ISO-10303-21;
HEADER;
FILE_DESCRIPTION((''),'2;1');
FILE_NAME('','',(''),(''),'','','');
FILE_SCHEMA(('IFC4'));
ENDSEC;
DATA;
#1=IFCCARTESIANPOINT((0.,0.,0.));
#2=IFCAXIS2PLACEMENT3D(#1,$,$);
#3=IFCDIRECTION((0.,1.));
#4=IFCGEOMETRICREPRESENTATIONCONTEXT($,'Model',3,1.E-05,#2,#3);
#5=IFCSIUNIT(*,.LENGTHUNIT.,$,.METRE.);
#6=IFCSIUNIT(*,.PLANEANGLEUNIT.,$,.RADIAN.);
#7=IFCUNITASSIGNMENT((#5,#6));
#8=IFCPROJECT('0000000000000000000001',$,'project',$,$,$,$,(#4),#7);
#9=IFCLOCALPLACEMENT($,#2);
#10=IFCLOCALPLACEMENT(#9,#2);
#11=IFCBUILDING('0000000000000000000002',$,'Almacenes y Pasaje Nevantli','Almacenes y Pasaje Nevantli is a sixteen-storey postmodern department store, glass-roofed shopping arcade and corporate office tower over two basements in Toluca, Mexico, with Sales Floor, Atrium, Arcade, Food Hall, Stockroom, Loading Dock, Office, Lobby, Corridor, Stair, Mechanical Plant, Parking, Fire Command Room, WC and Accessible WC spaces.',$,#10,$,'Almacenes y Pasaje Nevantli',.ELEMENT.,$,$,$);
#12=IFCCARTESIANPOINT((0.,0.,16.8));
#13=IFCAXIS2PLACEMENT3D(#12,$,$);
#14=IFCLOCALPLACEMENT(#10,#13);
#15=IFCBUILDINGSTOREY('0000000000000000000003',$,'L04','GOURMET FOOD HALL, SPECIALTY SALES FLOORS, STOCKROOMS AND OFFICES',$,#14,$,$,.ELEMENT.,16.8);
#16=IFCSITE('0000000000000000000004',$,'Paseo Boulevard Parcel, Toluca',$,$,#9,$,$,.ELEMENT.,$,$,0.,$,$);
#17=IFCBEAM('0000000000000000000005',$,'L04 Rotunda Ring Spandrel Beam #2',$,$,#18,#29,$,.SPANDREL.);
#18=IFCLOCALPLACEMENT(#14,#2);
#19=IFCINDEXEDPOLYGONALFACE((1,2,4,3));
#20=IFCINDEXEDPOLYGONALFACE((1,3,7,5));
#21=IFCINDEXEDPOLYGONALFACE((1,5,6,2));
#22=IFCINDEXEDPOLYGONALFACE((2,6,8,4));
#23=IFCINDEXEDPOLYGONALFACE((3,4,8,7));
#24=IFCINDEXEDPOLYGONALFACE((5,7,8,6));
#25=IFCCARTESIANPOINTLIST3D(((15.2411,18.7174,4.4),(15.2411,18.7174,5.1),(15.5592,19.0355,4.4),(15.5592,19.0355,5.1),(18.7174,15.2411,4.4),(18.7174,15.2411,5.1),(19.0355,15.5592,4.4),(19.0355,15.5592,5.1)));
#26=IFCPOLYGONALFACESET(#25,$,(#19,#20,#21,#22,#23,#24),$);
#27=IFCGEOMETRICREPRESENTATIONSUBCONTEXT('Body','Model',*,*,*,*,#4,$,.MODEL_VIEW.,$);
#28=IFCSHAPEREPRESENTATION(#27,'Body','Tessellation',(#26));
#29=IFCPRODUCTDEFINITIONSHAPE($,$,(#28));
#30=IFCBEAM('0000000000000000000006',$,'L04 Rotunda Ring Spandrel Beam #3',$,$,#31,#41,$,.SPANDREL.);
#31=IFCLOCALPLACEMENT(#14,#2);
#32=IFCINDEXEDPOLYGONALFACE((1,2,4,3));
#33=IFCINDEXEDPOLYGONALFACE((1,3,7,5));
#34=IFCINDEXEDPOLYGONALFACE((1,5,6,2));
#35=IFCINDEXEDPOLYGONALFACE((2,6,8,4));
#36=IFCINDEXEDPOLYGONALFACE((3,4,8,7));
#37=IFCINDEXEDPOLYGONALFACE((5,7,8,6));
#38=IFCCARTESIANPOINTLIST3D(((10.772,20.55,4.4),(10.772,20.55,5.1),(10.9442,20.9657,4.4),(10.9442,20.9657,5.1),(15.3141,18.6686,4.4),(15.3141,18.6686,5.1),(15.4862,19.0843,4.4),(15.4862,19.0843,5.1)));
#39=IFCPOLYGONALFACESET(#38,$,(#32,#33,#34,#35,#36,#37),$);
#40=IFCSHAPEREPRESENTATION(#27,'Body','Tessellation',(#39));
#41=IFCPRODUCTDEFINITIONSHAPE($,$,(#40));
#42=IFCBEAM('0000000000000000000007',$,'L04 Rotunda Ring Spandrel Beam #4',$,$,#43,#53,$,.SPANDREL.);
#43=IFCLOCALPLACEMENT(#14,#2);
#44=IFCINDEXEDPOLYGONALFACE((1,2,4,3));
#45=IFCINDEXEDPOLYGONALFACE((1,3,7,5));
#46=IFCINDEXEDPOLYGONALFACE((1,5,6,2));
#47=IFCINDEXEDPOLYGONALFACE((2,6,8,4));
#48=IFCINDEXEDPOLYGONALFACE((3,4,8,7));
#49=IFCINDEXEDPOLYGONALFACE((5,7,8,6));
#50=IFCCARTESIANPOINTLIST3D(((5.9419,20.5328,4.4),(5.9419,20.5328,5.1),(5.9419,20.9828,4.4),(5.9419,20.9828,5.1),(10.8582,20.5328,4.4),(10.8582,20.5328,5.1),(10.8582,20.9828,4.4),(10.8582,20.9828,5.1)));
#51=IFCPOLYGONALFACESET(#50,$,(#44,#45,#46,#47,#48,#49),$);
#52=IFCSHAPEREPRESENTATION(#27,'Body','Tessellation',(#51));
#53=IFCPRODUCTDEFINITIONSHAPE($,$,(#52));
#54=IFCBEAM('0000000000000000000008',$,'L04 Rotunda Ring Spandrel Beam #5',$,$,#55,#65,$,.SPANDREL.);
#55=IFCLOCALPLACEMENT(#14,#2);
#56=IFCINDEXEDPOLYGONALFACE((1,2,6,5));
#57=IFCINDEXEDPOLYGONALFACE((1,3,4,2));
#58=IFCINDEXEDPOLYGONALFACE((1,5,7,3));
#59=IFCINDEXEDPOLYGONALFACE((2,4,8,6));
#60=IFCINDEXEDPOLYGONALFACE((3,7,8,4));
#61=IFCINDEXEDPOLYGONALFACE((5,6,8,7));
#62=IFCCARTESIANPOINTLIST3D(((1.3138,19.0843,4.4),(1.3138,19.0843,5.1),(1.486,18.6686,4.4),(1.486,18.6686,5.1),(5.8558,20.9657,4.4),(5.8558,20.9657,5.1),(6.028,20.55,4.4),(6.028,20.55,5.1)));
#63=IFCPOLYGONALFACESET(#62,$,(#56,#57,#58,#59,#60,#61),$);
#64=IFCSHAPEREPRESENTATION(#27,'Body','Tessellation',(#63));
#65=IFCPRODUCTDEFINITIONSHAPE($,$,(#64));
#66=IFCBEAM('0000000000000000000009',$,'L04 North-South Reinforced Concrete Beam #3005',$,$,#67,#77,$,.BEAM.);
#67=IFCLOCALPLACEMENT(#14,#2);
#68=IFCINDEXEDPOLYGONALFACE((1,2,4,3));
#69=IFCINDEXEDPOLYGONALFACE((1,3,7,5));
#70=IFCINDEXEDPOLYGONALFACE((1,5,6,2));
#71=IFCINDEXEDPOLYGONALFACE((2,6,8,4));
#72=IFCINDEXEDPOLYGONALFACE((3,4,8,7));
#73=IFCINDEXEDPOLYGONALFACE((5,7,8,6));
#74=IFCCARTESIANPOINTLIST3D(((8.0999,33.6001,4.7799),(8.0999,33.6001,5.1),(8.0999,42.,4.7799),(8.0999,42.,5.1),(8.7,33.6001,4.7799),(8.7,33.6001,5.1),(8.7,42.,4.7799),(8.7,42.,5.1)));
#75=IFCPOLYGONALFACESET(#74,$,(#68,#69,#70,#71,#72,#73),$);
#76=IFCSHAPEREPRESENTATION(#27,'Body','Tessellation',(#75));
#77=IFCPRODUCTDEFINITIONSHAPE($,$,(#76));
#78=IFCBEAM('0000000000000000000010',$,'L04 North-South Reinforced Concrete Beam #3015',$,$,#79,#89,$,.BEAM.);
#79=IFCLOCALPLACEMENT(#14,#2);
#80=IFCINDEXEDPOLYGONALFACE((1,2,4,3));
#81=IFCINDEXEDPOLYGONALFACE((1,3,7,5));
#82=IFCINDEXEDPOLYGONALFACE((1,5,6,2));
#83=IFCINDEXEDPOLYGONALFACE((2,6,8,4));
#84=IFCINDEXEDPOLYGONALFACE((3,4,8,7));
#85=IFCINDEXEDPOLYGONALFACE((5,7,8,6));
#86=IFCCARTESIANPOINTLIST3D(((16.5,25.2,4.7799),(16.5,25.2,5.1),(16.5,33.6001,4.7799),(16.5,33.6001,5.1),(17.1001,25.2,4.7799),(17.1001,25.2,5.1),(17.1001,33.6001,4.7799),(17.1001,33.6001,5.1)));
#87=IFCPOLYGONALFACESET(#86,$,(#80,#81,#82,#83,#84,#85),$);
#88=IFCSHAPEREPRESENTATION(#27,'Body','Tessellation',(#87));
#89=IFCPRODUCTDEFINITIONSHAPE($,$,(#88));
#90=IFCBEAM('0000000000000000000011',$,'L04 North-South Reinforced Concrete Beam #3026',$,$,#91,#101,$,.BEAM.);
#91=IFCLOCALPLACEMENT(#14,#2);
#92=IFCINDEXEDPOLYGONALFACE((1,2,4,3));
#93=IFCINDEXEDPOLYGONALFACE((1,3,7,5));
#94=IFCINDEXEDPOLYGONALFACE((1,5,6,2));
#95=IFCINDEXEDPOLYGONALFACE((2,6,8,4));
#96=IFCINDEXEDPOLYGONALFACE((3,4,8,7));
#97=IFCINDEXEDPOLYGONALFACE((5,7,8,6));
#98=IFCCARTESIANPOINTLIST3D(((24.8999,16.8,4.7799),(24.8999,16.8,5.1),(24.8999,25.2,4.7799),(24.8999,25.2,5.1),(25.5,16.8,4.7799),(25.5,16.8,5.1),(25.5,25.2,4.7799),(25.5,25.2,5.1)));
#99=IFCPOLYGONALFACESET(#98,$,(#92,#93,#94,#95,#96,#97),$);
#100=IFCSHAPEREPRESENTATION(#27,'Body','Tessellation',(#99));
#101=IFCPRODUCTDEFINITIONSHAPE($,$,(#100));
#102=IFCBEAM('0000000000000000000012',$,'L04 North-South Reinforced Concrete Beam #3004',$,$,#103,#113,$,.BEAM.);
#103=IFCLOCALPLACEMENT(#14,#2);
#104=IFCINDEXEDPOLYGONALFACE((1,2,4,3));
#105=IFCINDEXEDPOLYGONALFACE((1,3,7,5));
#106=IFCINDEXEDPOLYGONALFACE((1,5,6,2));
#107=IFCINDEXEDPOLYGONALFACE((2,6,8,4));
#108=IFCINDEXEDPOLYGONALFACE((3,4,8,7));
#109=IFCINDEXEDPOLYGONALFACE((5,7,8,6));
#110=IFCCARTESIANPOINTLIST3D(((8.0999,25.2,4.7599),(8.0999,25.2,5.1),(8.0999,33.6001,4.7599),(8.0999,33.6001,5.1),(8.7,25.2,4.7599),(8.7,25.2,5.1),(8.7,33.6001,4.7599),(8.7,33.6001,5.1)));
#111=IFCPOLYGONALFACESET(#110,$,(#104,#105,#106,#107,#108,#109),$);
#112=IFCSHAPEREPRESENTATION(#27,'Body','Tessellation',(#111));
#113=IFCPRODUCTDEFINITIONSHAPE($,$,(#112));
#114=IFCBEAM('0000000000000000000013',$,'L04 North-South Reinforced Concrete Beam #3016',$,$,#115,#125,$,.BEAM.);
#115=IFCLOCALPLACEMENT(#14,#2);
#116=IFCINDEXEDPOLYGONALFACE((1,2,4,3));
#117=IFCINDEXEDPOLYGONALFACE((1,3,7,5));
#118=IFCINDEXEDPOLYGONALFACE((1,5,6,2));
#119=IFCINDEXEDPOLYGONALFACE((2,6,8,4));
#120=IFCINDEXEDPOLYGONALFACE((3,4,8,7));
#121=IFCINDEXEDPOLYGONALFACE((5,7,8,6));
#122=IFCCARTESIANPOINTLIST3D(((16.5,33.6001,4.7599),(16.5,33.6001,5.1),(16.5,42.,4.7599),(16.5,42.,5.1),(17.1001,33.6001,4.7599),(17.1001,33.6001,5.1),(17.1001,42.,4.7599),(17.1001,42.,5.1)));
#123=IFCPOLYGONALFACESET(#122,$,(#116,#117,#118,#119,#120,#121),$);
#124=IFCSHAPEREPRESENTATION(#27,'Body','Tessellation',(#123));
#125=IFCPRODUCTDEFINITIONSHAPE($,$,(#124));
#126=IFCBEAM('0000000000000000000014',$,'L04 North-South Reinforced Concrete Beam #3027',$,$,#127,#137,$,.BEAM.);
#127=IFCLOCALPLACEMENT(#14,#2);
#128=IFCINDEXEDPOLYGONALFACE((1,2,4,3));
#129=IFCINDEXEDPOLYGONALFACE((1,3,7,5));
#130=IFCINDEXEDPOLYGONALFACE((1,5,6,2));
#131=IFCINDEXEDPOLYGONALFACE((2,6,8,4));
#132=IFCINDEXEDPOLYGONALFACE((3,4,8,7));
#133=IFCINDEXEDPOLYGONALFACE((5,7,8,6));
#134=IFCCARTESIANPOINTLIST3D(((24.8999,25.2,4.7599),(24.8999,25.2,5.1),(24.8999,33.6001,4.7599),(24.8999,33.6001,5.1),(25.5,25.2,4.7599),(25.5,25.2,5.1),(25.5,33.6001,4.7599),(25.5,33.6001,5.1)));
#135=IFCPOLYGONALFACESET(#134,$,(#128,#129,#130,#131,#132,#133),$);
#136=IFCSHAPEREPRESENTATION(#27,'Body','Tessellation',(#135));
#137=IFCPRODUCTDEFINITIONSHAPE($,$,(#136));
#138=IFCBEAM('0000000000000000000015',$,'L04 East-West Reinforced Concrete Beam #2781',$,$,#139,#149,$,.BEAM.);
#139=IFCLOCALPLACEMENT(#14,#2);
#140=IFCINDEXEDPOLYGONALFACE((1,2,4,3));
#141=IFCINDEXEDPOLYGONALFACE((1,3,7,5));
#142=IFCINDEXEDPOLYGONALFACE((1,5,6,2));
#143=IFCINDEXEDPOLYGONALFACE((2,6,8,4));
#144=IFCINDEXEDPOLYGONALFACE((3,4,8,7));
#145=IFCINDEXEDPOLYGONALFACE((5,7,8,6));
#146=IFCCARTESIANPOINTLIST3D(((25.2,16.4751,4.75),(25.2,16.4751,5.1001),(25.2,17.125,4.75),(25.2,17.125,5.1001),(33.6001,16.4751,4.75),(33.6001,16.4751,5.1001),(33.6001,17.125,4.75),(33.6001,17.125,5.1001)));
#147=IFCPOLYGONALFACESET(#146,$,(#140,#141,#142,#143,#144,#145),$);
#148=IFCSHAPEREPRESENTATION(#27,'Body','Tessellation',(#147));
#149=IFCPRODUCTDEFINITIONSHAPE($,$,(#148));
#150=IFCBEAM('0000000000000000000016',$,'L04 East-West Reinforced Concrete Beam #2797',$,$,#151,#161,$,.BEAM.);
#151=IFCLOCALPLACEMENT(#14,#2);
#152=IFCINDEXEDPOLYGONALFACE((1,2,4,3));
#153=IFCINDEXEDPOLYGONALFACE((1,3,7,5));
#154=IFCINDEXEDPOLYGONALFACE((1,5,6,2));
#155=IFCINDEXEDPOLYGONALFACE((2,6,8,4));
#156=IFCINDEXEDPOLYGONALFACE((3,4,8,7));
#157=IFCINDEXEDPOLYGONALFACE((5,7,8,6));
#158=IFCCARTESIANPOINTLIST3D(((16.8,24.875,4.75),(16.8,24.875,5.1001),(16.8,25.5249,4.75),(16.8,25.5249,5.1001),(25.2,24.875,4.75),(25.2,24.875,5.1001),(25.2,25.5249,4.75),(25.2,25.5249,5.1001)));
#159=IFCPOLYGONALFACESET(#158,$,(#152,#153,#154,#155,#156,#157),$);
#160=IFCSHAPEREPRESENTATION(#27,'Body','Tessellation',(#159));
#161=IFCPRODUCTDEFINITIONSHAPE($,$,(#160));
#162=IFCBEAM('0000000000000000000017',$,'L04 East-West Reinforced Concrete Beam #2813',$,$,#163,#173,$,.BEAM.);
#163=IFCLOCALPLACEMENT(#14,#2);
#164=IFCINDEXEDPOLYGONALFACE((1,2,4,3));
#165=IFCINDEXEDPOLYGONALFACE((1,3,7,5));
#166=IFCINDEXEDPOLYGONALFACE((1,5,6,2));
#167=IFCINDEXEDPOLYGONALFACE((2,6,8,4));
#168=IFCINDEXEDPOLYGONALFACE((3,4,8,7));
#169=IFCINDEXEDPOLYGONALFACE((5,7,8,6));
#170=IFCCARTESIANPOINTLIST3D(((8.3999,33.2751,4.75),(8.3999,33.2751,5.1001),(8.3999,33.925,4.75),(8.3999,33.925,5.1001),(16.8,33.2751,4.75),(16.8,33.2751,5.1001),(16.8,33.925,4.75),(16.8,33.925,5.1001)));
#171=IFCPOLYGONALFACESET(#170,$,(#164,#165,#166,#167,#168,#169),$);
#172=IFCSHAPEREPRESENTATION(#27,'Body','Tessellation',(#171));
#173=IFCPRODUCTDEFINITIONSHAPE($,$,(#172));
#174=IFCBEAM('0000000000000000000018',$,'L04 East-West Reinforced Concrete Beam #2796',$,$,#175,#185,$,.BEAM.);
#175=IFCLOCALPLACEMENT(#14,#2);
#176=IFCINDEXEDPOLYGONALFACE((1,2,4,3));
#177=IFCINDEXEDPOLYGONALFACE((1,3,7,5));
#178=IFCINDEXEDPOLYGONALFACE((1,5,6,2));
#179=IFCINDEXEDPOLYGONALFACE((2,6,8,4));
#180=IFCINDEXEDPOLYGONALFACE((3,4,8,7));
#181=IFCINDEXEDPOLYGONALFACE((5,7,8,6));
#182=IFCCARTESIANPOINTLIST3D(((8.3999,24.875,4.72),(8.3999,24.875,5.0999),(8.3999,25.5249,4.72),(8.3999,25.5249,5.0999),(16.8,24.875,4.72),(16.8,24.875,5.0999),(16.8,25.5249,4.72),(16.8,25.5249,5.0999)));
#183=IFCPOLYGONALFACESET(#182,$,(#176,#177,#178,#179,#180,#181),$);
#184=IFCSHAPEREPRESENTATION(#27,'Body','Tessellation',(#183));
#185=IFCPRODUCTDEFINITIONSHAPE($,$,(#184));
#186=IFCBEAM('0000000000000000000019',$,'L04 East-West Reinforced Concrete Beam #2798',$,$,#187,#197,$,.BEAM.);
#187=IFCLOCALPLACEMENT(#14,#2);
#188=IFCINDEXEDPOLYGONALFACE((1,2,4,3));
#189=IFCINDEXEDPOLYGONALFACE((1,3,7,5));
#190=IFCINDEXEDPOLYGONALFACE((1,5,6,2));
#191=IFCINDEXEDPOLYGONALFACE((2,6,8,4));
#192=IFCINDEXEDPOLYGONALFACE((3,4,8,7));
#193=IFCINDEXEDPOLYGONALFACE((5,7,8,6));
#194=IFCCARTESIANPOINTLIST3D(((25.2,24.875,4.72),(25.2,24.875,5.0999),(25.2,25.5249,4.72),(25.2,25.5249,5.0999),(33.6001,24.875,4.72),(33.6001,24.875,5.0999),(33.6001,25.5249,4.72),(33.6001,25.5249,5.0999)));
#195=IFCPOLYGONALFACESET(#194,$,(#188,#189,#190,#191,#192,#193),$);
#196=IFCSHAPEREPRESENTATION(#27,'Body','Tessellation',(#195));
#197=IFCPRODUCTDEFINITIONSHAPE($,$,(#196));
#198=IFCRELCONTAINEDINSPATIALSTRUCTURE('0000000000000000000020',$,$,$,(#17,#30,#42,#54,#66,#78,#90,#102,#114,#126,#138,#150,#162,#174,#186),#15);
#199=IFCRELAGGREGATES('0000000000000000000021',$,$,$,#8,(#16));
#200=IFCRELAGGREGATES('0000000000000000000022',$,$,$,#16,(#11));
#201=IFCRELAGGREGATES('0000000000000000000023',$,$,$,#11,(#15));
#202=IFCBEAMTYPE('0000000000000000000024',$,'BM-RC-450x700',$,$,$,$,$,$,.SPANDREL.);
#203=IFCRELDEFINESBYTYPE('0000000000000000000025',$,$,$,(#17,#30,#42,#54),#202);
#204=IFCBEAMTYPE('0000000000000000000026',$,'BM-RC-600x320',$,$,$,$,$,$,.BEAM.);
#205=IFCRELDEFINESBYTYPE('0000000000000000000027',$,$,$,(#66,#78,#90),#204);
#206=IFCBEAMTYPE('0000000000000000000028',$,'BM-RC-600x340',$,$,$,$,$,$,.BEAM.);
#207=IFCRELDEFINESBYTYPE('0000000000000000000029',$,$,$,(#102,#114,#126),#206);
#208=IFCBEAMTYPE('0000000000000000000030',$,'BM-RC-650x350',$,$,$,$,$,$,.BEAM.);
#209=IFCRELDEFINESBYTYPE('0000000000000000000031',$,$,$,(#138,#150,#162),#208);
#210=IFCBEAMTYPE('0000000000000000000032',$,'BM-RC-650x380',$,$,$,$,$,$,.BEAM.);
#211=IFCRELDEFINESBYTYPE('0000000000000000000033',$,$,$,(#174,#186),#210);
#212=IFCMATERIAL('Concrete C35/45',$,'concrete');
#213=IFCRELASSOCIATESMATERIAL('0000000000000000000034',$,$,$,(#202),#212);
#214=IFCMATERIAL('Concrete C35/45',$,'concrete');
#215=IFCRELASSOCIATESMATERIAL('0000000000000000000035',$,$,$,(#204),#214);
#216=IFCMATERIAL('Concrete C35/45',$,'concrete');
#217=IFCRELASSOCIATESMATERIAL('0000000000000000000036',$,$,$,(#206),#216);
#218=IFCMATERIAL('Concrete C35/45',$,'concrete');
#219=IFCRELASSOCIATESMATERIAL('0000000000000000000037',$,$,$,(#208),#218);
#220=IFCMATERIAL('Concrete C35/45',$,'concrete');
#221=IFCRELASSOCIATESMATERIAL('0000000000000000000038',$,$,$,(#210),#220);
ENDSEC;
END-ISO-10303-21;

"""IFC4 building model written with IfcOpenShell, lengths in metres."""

from ifc_helpers import new_model, si_unit, direction, frame, origin, origin_2d, place, context, subcontext, project, spatial, rectangle, extrude, material, material_profile, profile_set, type_object, element, save


model = new_model("IFC4")

# Units and contexts
model_context = context("Model", 3, precision=1e-05, world=origin(), true_north=direction((0.0, 1.0)))
body_context = subcontext(model_context, "Body", "Model", "MODEL_VIEW")
ifc_project = project(units=[si_unit("LENGTHUNIT", "METRE"), si_unit("PLANEANGLEUNIT", "RADIAN")], contexts=[model_context])

# Site, building, storey
site_placement = place(None, origin())
site = spatial("IfcSite", under=ifc_project, at=site_placement, Name="Paseo Boulevard Parcel, Toluca", CompositionType="ELEMENT", RefElevation=0.0)
building_placement = place(site_placement, origin())
building = spatial("IfcBuilding", under=site, at=building_placement, Name="Almacenes y Pasaje Nevantli", Description="Almacenes y Pasaje Nevantli is a sixteen-storey postmodern department store, glass-roofed shopping arcade and corporate office tower over two basements in Toluca, Mexico, with Sales Floor, Atrium, Arcade, Food Hall, Stockroom, Loading Dock, Office, Lobby, Corridor, Stair, Mechanical Plant, Parking, Fire Command Room, WC and Accessible WC spaces.", LongName="Almacenes y Pasaje Nevantli", CompositionType="ELEMENT")
storey_placement = place(building_placement, frame((0.0, 0.0, 16.8)))
storey = spatial("IfcBuildingStorey", under=building, at=storey_placement, Name="L04", Description="GOURMET FOOD HALL, SPECIALTY SALES FLOORS, STOCKROOMS AND OFFICES", CompositionType="ELEMENT", Elevation=16.8)

# Beams
ifc_material_1 = material(Name="Concrete C35/45", Category="concrete")
ifc_material_profile_1 = material_profile(ifc_material_1, rectangle(XDim=0.45, YDim=0.7, at=origin_2d()), Name="RC-BM-450x700")
ifc_profile_set_1 = profile_set([ifc_material_profile_1], Name="Concrete C35/45")
beam_type_1 = type_object("IfcBeamType", Name="BM-RC-450x700", PredefinedType="SPANDREL", material=ifc_profile_set_1)
for number, where, z_axis, x_axis, name in (
    (1, (18.8765, 15.4001, 4.75), (-0.707107, 0.707107, 0.0), (-0.707107, -0.707107, 0.0), "L04 Rotunda Ring Spandrel Beam #2"),
    (2, (15.4001, 18.8765, 4.75), (-0.92388, 0.382682, 0.0), (-0.382682, -0.92388, 0.0), "L04 Rotunda Ring Spandrel Beam #3"),
    (3, (10.8582, 20.7578, 4.75), (-1.0, 0.0, 0.0), (0.0, -1.0, 0.0), "L04 Rotunda Ring Spandrel Beam #4"),
    (4, (5.9419, 20.7578, 4.75), (-0.92388, -0.382682, 0.0), (0.382682, -0.92388, 0.0), "L04 Rotunda Ring Spandrel Beam #5"),
):
    element("IfcBeam", number, at=place(storey_placement, frame(where, z_axis=z_axis, x_axis=x_axis)), inside=storey, type_object=beam_type_1, Name=name, PredefinedType="SPANDREL", context=body_context, shape_type="SweptSolid", body=[
        extrude(rectangle(XDim=0.45, YDim=0.7, at=origin_2d()), origin(), (0.0, 0.0, 1.0), 4.9163),
    ])
ifc_material_2 = material(Name="Concrete C35/45", Category="concrete")
ifc_material_profile_2 = material_profile(ifc_material_2, rectangle(XDim=0.6001, YDim=0.3201, at=origin_2d()), Name="RC-BM-600x320")
ifc_profile_set_2 = profile_set([ifc_material_profile_2], Name="Concrete C35/45")
beam_type_2 = type_object("IfcBeamType", Name="BM-RC-600x320", PredefinedType="BEAM", material=ifc_profile_set_2)
beam_1_placement = place(storey_placement, frame((8.3999, 33.6001, 4.9399), z_axis=(0.0, 1.0, 0.0), x_axis=(-1.0, 0.0, 0.0)))
element("IfcBeam", 5, at=beam_1_placement, inside=storey, type_object=beam_type_2, Name="L04 North-South Reinforced Concrete Beam #3005", PredefinedType="BEAM", context=body_context, shape_type="SweptSolid", body=[
    extrude(rectangle(XDim=0.6001, YDim=0.3201, at=origin_2d()), origin(), (0.0, 0.0, 1.0), 8.3999),
])
beam_2_placement = place(storey_placement, frame((16.8, 25.2, 4.9399), z_axis=(0.0, 1.0, 0.0), x_axis=(-1.0, 0.0, 0.0)))
element("IfcBeam", 6, at=beam_2_placement, inside=storey, type_object=beam_type_2, Name="L04 North-South Reinforced Concrete Beam #3015", PredefinedType="BEAM", context=body_context, shape_type="SweptSolid", body=[
    extrude(rectangle(XDim=0.6001, YDim=0.3201, at=origin_2d()), origin(), (0.0, 0.0, 1.0), 8.4001),
])
beam_3_placement = place(storey_placement, frame((25.2, 16.8, 4.9399), z_axis=(0.0, 1.0, 0.0), x_axis=(-1.0, 0.0, 0.0)))
element("IfcBeam", 7, at=beam_3_placement, inside=storey, type_object=beam_type_2, Name="L04 North-South Reinforced Concrete Beam #3026", PredefinedType="BEAM", context=body_context, shape_type="SweptSolid", body=[
    extrude(rectangle(XDim=0.6001, YDim=0.3201, at=origin_2d()), origin(), (0.0, 0.0, 1.0), 8.3999),
])
ifc_material_3 = material(Name="Concrete C35/45", Category="concrete")
ifc_material_profile_3 = material_profile(ifc_material_3, rectangle(XDim=0.6001, YDim=0.3401, at=origin_2d()), Name="RC-BM-600x340")
ifc_profile_set_3 = profile_set([ifc_material_profile_3], Name="Concrete C35/45")
beam_type_3 = type_object("IfcBeamType", Name="BM-RC-600x340", PredefinedType="BEAM", material=ifc_profile_set_3)
beam_4_placement = place(storey_placement, frame((8.3999, 25.2, 4.9299), z_axis=(0.0, 1.0, 0.0), x_axis=(-1.0, 0.0, 0.0)))
element("IfcBeam", 8, at=beam_4_placement, inside=storey, type_object=beam_type_3, Name="L04 North-South Reinforced Concrete Beam #3004", PredefinedType="BEAM", context=body_context, shape_type="SweptSolid", body=[
    extrude(rectangle(XDim=0.6001, YDim=0.3401, at=origin_2d()), origin(), (0.0, 0.0, 1.0), 8.4001),
])
beam_5_placement = place(storey_placement, frame((16.8, 33.6001, 4.9299), z_axis=(0.0, 1.0, 0.0), x_axis=(-1.0, 0.0, 0.0)))
element("IfcBeam", 9, at=beam_5_placement, inside=storey, type_object=beam_type_3, Name="L04 North-South Reinforced Concrete Beam #3016", PredefinedType="BEAM", context=body_context, shape_type="SweptSolid", body=[
    extrude(rectangle(XDim=0.6001, YDim=0.3401, at=origin_2d()), origin(), (0.0, 0.0, 1.0), 8.3999),
])
beam_6_placement = place(storey_placement, frame((25.2, 25.2, 4.9299), z_axis=(0.0, 1.0, 0.0), x_axis=(-1.0, 0.0, 0.0)))
element("IfcBeam", 10, at=beam_6_placement, inside=storey, type_object=beam_type_3, Name="L04 North-South Reinforced Concrete Beam #3027", PredefinedType="BEAM", context=body_context, shape_type="SweptSolid", body=[
    extrude(rectangle(XDim=0.6001, YDim=0.3401, at=origin_2d()), origin(), (0.0, 0.0, 1.0), 8.4001),
])
ifc_material_4 = material(Name="Concrete C35/45", Category="concrete")
ifc_material_profile_4 = material_profile(ifc_material_4, rectangle(XDim=0.6499, YDim=0.3501, at=origin_2d()), Name="RC-BM-650x350")
ifc_profile_set_4 = profile_set([ifc_material_profile_4], Name="Concrete C35/45")
beam_type_4 = type_object("IfcBeamType", Name="BM-RC-650x350", PredefinedType="BEAM", material=ifc_profile_set_4)
beam_7_placement = place(storey_placement, frame((25.2, 16.8, 4.925), z_axis=(1.0, 0.0, 0.0), x_axis=(0.0, 1.0, 0.0)))
element("IfcBeam", 11, at=beam_7_placement, inside=storey, type_object=beam_type_4, Name="L04 East-West Reinforced Concrete Beam #2781", PredefinedType="BEAM", context=body_context, shape_type="SweptSolid", body=[
    extrude(rectangle(XDim=0.6499, YDim=0.3501, at=origin_2d()), origin(), (0.0, 0.0, 1.0), 8.4001),
])
beam_8_placement = place(storey_placement, frame((16.8, 25.2, 4.925), z_axis=(1.0, 0.0, 0.0), x_axis=(0.0, 1.0, 0.0)))
element("IfcBeam", 12, at=beam_8_placement, inside=storey, type_object=beam_type_4, Name="L04 East-West Reinforced Concrete Beam #2797", PredefinedType="BEAM", context=body_context, shape_type="SweptSolid", body=[
    extrude(rectangle(XDim=0.6499, YDim=0.3501, at=origin_2d()), origin(), (0.0, 0.0, 1.0), 8.3999),
])
beam_9_placement = place(storey_placement, frame((8.3999, 33.6001, 4.925), z_axis=(1.0, 0.0, 0.0), x_axis=(0.0, 1.0, 0.0)))
element("IfcBeam", 13, at=beam_9_placement, inside=storey, type_object=beam_type_4, Name="L04 East-West Reinforced Concrete Beam #2813", PredefinedType="BEAM", context=body_context, shape_type="SweptSolid", body=[
    extrude(rectangle(XDim=0.6499, YDim=0.3501, at=origin_2d()), origin(), (0.0, 0.0, 1.0), 8.4001),
])
ifc_material_5 = material(Name="Concrete C35/45", Category="concrete")
ifc_material_profile_5 = material_profile(ifc_material_5, rectangle(XDim=0.6499, YDim=0.3799, at=origin_2d()), Name="RC-BM-650x380")
ifc_profile_set_5 = profile_set([ifc_material_profile_5], Name="Concrete C35/45")
beam_type_5 = type_object("IfcBeamType", Name="BM-RC-650x380", PredefinedType="BEAM", material=ifc_profile_set_5)
for number, where, z_axis, x_axis, name in (
    (14, (8.3999, 25.2, 4.9099), (1.0, 0.0, 0.0), (0.0, 1.0, 0.0), "L04 East-West Reinforced Concrete Beam #2796"),
    (15, (25.2, 25.2, 4.9099), (1.0, 0.0, 0.0), (0.0, 1.0, 0.0), "L04 East-West Reinforced Concrete Beam #2798"),
):
    element("IfcBeam", number, at=place(storey_placement, frame(where, z_axis=z_axis, x_axis=x_axis)), inside=storey, type_object=beam_type_5, Name=name, PredefinedType="BEAM", context=body_context, shape_type="SweptSolid", body=[
        extrude(rectangle(XDim=0.6499, YDim=0.3799, at=origin_2d()), origin(), (0.0, 0.0, 1.0), 8.4001),
    ])

save(model, "model.ifc")
